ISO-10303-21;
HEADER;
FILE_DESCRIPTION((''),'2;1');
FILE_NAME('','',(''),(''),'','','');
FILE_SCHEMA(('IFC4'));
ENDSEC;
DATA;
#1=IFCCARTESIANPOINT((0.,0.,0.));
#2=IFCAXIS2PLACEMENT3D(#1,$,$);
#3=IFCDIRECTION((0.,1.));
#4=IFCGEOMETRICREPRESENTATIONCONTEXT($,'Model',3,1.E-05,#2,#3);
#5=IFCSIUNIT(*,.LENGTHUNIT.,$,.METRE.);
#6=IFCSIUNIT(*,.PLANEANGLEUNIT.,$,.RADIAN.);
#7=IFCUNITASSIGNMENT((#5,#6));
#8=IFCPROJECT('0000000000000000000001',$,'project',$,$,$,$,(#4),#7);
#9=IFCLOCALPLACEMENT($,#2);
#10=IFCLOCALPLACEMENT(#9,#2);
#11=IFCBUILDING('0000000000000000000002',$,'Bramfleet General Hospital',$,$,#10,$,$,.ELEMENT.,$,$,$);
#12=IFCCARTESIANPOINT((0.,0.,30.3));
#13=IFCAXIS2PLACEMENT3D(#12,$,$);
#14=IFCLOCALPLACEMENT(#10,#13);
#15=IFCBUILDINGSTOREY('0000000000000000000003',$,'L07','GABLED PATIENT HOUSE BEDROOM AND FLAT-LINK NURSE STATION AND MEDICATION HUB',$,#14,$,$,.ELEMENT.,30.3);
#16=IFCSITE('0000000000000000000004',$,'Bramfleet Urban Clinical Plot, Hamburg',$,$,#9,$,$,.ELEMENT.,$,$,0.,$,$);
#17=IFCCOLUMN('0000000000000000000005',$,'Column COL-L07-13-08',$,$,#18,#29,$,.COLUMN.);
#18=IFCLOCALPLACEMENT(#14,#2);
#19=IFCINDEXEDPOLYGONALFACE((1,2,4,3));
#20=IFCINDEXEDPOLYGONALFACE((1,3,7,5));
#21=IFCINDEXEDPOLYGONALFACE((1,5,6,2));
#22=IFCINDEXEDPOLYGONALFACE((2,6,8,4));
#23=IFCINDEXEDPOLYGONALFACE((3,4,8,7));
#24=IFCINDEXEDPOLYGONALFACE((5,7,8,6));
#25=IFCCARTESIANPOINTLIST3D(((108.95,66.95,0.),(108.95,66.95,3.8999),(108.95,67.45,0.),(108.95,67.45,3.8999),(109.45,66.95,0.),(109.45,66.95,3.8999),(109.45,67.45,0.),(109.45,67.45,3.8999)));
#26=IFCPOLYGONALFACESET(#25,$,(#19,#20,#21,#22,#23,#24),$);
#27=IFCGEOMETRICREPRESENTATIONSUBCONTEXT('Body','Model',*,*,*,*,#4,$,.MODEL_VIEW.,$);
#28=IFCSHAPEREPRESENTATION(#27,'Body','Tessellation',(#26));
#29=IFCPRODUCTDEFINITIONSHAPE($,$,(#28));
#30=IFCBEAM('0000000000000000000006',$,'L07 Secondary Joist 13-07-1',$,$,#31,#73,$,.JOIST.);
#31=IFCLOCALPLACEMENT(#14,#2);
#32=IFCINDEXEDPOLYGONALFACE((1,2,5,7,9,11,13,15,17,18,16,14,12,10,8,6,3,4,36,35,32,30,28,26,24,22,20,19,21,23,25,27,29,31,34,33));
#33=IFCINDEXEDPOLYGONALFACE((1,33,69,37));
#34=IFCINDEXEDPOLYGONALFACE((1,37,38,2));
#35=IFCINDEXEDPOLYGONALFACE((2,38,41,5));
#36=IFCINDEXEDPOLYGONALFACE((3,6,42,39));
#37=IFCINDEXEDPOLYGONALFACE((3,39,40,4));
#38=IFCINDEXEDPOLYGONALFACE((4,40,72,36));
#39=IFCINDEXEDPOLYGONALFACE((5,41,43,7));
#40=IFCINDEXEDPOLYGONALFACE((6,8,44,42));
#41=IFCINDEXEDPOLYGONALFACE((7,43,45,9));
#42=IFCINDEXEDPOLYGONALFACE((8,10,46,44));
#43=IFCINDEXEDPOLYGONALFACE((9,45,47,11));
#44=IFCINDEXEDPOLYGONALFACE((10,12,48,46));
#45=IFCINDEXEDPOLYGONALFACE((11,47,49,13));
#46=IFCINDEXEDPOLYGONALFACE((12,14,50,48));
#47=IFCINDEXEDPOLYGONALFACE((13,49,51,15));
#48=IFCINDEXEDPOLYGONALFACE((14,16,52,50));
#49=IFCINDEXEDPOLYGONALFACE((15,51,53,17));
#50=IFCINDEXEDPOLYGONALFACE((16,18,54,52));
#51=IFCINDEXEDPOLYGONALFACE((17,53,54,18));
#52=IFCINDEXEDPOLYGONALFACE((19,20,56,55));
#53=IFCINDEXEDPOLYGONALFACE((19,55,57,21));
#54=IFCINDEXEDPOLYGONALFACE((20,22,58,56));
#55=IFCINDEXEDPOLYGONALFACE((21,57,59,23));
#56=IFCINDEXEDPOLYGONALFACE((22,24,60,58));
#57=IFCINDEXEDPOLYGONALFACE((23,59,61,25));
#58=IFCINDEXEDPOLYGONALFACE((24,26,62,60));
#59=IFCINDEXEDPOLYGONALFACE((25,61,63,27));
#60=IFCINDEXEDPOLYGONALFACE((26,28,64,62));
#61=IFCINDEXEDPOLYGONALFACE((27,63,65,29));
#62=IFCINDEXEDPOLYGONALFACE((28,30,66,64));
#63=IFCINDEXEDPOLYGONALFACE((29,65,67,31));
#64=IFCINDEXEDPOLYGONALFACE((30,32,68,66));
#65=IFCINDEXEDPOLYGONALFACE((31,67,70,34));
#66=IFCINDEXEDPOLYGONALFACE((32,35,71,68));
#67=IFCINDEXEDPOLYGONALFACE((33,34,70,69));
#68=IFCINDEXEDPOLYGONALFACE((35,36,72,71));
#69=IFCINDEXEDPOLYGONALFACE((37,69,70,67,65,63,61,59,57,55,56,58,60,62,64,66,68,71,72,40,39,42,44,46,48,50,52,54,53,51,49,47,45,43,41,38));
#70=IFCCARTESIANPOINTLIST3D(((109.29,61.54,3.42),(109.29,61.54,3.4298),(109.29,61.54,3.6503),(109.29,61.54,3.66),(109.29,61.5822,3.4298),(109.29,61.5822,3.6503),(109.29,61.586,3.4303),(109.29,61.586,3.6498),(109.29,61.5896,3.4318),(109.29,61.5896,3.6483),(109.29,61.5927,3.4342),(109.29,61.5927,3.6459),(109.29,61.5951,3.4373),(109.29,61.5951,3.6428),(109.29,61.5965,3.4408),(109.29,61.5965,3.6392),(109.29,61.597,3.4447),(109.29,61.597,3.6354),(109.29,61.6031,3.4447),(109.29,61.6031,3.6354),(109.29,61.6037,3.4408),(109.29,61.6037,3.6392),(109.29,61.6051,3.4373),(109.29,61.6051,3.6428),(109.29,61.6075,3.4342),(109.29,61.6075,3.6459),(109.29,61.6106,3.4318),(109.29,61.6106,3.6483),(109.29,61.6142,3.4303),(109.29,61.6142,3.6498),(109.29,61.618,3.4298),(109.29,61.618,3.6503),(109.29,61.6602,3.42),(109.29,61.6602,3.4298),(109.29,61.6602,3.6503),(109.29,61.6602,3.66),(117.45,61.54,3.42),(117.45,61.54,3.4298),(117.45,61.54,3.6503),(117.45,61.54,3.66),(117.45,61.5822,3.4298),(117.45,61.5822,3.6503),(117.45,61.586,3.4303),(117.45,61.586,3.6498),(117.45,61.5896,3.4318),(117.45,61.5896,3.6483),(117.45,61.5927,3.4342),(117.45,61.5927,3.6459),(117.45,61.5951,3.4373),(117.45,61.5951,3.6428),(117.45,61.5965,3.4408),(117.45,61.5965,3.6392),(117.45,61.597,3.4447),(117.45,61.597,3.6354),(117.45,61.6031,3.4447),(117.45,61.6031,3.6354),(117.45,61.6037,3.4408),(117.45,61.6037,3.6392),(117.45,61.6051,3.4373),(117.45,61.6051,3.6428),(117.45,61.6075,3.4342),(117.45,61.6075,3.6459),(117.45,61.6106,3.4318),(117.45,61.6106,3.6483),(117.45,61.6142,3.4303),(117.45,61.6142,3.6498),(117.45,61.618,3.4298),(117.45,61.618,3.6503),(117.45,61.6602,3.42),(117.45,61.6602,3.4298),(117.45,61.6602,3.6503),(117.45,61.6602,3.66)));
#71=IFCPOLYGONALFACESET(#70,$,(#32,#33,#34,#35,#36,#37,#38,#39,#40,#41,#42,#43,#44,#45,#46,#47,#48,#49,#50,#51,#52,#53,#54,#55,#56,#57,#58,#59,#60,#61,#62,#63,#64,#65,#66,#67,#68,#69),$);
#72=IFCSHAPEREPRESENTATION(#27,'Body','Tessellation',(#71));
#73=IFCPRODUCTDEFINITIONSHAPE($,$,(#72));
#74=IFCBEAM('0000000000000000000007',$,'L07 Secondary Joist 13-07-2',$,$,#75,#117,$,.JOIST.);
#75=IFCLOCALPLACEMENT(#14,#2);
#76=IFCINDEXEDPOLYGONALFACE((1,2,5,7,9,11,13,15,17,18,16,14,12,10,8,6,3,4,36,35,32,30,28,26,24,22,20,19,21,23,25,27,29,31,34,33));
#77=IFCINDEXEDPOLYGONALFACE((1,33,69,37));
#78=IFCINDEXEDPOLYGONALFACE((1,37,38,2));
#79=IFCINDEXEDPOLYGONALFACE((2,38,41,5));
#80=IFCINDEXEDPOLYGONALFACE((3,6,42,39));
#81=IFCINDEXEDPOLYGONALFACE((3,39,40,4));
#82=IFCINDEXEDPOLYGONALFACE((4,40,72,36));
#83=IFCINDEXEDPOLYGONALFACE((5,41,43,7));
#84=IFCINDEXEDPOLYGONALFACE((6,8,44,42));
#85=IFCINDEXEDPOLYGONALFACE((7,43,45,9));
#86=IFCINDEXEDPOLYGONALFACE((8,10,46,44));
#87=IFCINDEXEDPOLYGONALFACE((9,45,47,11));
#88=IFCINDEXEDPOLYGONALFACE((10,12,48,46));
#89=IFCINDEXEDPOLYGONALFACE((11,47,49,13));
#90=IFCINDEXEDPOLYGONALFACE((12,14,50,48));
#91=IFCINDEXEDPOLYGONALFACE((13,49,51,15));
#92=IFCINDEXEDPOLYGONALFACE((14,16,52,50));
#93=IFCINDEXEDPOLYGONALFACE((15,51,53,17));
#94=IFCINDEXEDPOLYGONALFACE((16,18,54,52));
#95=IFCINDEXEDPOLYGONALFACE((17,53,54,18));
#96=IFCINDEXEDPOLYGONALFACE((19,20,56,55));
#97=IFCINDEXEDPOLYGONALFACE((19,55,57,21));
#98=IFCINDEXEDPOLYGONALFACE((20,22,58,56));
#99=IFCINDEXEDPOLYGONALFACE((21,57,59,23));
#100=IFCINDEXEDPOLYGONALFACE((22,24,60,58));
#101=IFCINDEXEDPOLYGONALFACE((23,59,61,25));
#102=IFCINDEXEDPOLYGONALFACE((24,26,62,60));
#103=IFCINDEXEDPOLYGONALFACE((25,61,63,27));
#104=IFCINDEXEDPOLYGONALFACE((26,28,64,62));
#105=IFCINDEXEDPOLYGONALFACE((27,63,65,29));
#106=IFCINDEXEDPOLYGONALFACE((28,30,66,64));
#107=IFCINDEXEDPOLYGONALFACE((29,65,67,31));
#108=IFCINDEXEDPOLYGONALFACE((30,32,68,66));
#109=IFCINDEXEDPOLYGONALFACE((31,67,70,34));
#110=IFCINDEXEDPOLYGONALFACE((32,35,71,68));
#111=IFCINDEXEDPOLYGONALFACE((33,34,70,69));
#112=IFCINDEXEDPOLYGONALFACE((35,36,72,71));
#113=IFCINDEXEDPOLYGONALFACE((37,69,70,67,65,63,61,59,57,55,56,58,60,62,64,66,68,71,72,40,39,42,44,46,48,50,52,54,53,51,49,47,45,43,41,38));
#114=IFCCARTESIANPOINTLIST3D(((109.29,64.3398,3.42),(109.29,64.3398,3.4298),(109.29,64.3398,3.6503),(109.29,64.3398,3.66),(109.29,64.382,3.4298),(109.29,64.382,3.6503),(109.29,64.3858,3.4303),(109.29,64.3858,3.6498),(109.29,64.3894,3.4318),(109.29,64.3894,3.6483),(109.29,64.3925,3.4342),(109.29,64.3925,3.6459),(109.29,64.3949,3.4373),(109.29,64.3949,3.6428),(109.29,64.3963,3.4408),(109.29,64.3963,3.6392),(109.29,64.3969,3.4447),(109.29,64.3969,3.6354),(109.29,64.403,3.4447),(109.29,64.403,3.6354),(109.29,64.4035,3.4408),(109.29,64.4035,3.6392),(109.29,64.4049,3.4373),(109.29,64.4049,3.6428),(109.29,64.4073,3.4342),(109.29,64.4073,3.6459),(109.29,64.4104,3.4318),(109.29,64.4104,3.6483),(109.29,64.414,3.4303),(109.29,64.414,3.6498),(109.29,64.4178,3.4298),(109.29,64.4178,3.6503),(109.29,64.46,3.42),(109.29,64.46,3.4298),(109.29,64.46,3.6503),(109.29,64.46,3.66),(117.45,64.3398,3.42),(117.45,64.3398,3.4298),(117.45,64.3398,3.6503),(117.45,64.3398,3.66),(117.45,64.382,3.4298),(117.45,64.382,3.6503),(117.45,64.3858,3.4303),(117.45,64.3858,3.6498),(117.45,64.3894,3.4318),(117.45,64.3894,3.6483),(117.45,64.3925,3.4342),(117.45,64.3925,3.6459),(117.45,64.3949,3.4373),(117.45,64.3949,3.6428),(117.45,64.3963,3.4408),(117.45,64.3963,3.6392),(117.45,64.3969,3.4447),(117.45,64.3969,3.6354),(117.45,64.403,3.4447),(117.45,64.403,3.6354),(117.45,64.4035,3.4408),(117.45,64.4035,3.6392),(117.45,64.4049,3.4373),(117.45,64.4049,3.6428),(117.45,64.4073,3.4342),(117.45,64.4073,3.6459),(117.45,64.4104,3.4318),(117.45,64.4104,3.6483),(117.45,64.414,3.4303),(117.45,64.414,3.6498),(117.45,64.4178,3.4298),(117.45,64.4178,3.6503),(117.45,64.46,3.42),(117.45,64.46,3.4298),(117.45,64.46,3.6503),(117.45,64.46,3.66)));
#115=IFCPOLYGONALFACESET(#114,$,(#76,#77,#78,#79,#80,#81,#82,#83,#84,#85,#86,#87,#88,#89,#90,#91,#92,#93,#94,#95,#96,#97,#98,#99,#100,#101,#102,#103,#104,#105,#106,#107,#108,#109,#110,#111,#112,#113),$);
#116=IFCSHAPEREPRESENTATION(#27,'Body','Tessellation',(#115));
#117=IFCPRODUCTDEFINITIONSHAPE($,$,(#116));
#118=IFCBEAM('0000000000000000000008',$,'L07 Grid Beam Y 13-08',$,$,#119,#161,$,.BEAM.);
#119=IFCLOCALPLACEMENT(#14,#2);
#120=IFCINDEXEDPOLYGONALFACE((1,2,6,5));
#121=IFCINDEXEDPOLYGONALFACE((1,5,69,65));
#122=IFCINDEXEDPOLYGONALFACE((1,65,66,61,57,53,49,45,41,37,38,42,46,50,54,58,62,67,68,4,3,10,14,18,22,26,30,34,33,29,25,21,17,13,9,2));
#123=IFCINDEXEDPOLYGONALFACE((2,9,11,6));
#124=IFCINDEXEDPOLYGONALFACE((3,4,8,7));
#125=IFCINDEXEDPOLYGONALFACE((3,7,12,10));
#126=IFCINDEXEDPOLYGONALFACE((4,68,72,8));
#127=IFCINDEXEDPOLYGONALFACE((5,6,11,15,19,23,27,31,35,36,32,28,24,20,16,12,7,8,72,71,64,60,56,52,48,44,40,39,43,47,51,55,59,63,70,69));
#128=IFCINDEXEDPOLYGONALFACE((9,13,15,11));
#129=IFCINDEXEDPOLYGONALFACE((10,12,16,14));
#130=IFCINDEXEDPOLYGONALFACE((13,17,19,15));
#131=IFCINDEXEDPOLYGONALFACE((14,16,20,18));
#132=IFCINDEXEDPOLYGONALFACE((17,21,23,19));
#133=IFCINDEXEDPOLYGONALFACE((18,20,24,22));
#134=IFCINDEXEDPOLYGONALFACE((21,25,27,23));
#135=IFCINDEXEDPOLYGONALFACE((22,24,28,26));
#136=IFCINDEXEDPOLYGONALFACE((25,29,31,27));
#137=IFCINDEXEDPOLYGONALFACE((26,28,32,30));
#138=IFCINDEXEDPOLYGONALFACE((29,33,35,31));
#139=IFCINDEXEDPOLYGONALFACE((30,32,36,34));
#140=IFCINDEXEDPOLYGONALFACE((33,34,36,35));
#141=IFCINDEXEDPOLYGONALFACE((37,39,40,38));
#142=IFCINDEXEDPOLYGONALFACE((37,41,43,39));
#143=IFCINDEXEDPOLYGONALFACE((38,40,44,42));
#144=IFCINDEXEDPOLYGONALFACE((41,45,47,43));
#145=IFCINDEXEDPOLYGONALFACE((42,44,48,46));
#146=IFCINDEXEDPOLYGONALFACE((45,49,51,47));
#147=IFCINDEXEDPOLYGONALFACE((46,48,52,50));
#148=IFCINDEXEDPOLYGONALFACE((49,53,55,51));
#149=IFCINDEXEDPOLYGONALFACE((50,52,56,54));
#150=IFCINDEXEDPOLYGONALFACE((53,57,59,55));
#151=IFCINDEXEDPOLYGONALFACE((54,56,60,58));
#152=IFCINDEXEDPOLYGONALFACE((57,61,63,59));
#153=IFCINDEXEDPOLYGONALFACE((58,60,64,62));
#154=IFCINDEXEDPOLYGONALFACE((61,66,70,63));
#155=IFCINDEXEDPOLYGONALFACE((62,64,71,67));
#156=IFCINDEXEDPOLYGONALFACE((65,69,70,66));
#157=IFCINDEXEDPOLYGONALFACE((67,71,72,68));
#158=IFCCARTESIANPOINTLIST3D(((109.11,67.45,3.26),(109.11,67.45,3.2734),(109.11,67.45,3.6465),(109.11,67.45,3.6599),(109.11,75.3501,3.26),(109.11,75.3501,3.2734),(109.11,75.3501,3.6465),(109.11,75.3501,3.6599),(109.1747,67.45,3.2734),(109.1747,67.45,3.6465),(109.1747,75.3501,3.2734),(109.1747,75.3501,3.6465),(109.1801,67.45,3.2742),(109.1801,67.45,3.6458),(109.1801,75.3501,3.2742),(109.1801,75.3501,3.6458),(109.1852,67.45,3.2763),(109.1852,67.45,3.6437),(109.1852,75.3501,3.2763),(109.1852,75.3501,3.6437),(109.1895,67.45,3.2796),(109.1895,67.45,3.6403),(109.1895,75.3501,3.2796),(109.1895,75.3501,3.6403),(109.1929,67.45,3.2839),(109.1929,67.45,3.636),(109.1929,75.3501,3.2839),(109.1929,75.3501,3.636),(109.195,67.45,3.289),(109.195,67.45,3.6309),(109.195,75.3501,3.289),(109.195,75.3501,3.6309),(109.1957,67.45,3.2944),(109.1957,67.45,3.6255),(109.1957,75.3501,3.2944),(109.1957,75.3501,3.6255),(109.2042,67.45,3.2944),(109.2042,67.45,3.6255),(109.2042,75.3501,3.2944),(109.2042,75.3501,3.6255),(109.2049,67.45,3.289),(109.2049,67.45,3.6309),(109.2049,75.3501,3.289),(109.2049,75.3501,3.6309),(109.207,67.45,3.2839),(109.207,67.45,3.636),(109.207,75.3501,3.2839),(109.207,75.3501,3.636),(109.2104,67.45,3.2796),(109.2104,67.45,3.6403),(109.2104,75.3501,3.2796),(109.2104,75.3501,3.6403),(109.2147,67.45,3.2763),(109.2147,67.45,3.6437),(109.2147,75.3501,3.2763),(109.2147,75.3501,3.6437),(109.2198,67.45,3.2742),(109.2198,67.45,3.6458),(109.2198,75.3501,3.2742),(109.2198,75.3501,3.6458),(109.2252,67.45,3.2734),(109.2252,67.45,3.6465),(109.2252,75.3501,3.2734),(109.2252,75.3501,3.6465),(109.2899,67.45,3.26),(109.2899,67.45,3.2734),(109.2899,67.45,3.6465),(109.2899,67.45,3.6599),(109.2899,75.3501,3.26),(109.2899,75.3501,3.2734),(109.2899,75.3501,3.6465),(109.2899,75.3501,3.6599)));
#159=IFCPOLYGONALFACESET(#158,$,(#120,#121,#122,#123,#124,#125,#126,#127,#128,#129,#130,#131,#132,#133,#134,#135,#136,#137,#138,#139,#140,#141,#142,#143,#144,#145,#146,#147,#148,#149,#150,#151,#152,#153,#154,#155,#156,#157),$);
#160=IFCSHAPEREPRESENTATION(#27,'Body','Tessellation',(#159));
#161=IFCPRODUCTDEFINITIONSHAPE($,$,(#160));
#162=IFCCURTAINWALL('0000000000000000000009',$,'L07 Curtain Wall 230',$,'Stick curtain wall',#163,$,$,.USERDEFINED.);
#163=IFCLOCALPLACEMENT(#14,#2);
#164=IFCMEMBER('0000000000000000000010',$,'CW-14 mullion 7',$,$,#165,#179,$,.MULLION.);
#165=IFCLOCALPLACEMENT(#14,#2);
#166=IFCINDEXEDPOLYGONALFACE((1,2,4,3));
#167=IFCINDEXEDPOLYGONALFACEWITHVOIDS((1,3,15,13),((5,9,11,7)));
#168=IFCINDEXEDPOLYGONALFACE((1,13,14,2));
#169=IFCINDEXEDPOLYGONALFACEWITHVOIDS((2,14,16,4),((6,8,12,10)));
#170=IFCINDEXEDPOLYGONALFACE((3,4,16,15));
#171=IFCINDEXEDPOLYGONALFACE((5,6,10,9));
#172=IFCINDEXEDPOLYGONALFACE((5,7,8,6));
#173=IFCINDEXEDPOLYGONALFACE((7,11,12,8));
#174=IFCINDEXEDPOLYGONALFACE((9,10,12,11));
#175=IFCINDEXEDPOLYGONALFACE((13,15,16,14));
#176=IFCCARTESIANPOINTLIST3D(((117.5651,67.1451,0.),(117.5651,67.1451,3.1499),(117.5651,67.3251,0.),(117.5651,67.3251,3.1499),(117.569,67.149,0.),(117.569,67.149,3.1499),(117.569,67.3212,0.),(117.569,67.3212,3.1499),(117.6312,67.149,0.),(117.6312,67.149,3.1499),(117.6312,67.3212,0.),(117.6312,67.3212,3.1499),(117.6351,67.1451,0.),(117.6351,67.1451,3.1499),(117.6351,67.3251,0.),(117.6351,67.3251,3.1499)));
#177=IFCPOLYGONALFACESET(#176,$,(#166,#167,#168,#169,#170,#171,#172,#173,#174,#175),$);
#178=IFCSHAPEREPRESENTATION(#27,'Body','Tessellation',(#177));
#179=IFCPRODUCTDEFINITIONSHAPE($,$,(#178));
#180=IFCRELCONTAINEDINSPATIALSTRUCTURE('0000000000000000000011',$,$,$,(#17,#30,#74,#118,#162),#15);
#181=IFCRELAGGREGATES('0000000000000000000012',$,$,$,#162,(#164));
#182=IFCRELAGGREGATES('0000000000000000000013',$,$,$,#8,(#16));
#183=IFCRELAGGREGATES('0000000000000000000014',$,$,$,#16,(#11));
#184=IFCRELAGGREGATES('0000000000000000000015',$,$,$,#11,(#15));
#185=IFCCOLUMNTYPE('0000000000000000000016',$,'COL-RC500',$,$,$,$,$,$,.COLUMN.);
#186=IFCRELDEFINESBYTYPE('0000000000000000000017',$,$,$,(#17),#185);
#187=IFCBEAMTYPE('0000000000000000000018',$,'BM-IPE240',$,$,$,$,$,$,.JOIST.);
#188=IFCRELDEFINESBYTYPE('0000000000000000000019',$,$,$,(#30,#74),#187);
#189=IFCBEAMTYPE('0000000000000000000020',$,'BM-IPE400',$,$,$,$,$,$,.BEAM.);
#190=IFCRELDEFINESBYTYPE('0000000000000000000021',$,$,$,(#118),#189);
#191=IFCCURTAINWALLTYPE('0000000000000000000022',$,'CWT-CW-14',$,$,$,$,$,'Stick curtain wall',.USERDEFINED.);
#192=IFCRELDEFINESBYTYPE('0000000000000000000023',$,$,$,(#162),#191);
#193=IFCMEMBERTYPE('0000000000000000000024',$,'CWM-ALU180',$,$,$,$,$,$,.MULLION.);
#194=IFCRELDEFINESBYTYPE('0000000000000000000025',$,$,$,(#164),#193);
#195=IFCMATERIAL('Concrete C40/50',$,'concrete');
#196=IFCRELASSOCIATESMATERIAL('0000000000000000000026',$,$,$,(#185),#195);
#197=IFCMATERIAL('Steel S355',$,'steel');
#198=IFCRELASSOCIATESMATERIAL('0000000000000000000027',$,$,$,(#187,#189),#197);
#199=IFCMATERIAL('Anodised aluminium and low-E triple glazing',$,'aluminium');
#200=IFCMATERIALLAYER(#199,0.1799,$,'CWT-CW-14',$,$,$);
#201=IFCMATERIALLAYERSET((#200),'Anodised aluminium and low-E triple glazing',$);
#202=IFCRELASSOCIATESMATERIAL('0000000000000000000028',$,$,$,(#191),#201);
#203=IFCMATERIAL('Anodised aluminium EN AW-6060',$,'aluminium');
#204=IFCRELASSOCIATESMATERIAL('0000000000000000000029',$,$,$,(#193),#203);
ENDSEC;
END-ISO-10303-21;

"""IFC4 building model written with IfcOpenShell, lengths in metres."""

from ifc_helpers import new_model, si_unit, direction, frame, origin, origin_2d, place, context, subcontext, project, spatial, rectangle, hollow_rectangle, i_section, extrude, material, layer, layer_set, material_profile, profile_set, type_object, element, aggregate, save


model = new_model("IFC4")

# Units and contexts
model_context = context("Model", 3, precision=1e-05, world=origin(), true_north=direction((0.0, 1.0)))
body_context = subcontext(model_context, "Body", "Model", "MODEL_VIEW")
ifc_project = project(units=[si_unit("LENGTHUNIT", "METRE"), si_unit("PLANEANGLEUNIT", "RADIAN")], contexts=[model_context])

# Site, building, storey
site_placement = place(None, origin())
site = spatial("IfcSite", under=ifc_project, at=site_placement, Name="Bramfleet Urban Clinical Plot, Hamburg", CompositionType="ELEMENT", RefElevation=0.0)
building_placement = place(site_placement, origin())
building = spatial("IfcBuilding", under=site, at=building_placement, Name="Bramfleet General Hospital", CompositionType="ELEMENT")
storey_placement = place(building_placement, frame((0.0, 0.0, 30.3)))
storey = spatial("IfcBuildingStorey", under=building, at=storey_placement, Name="L07", Description="GABLED PATIENT HOUSE BEDROOM AND FLAT-LINK NURSE STATION AND MEDICATION HUB", CompositionType="ELEMENT", Elevation=30.3)

# Column
ifc_material_1 = material(Name="Concrete C40/50", Category="concrete")
ifc_material_profile_1 = material_profile(ifc_material_1, rectangle(XDim=0.5, YDim=0.5, at=origin_2d()), Name="RC COL 500x500")
ifc_profile_set_1 = profile_set([ifc_material_profile_1], Name="Concrete C40/50")
column_type = type_object("IfcColumnType", Name="COL-RC500", PredefinedType="COLUMN", material=ifc_profile_set_1)
column_placement = place(storey_placement, frame((109.2, 67.2, 0.0), z_axis=(0.0, 0.0, 1.0), x_axis=(1.0, 0.0, 0.0)))
element("IfcColumn", 1, at=column_placement, inside=storey, type_object=column_type, Name="Column COL-L07-13-08", PredefinedType="COLUMN", context=body_context, shape_type="SweptSolid", body=[
    extrude(rectangle(XDim=0.5, YDim=0.5, at=origin_2d()), origin(), (0.0, 0.0, 1.0), 3.8999),
])

# Beams
ifc_material_2 = material(Name="Steel S355", Category="steel")
ifc_material_profile_2 = material_profile(ifc_material_2, i_section(OverallWidth=0.1201, OverallDepth=0.24, WebThickness=0.0061, FlangeThickness=0.0098, FilletRadius=0.0149, at=origin_2d()), Name="IPE 240")
ifc_profile_set_2 = profile_set([ifc_material_profile_2], Name="Steel S355")
beam_type_1 = type_object("IfcBeamType", Name="BM-IPE240", PredefinedType="JOIST", material=ifc_profile_set_2)
for number, where, z_axis, x_axis, name in (
    (2, (109.29, 61.6001, 3.54), (1.0, 0.0, 0.0), (0.0, 1.0, 0.0), "L07 Secondary Joist 13-07-1"),
    (3, (109.29, 64.3999, 3.54), (1.0, 0.0, 0.0), (0.0, 1.0, 0.0), "L07 Secondary Joist 13-07-2"),
):
    element("IfcBeam", number, at=place(storey_placement, frame(where, z_axis=z_axis, x_axis=x_axis)), inside=storey, type_object=beam_type_1, Name=name, PredefinedType="JOIST", context=body_context, shape_type="SweptSolid", body=[
        extrude(i_section(OverallWidth=0.1201, OverallDepth=0.24, WebThickness=0.0061, FlangeThickness=0.0098, FilletRadius=0.0149, at=origin_2d()), origin(), (0.0, 0.0, 1.0), 8.1599),
    ])
ifc_material_profile_3 = material_profile(ifc_material_2, i_section(OverallWidth=0.1799, OverallDepth=0.3999, WebThickness=0.0085, FlangeThickness=0.0134, FilletRadius=0.021, at=origin_2d()), Name="IPE 400")
ifc_profile_set_3 = profile_set([ifc_material_profile_3], Name="Steel S355")
beam_type_2 = type_object("IfcBeamType", Name="BM-IPE400", PredefinedType="BEAM", material=ifc_profile_set_3)
beam_placement = place(storey_placement, frame((109.2, 67.45, 3.46), z_axis=(0.0, 1.0, 0.0), x_axis=(-1.0, 0.0, 0.0)))
element("IfcBeam", 4, at=beam_placement, inside=storey, type_object=beam_type_2, Name="L07 Grid Beam Y 13-08", PredefinedType="BEAM", context=body_context, shape_type="SweptSolid", body=[
    extrude(i_section(OverallWidth=0.1799, OverallDepth=0.3999, WebThickness=0.0085, FlangeThickness=0.0134, FilletRadius=0.021, at=origin_2d()), origin(), (0.0, 0.0, 1.0), 7.9001),
])

# Curtain wall, member
ifc_material_3 = material(Name="Anodised aluminium and low-E triple glazing", Category="aluminium")
ifc_layer_1 = layer(ifc_material_3, 0.1799, Name="CWT-CW-14")
ifc_layer_set_1 = layer_set([ifc_layer_1], Name="Anodised aluminium and low-E triple glazing")
curtain_wall_type = type_object("IfcCurtainWallType", Name="CWT-CW-14", ElementType="Stick curtain wall", PredefinedType="USERDEFINED", material=ifc_layer_set_1)
curtain_wall_placement = place(storey_placement, origin())
curtain_wall = element("IfcCurtainWall", 5, at=curtain_wall_placement, inside=storey, type_object=curtain_wall_type, Name="L07 Curtain Wall 230", ObjectType="Stick curtain wall", PredefinedType="USERDEFINED")
ifc_material_4 = material(Name="Anodised aluminium EN AW-6060", Category="aluminium")
ifc_material_profile_4 = material_profile(ifc_material_4, hollow_rectangle(XDim=0.0701, YDim=0.1799, WallThickness=0.0039, at=origin_2d()), Name="ALU 180x70x4.0")
ifc_profile_set_4 = profile_set([ifc_material_profile_4], Name="Anodised aluminium EN AW-6060")
member_type_1 = type_object("IfcMemberType", Name="CWM-ALU180", PredefinedType="MULLION", material=ifc_profile_set_4)
member_1_placement = place(storey_placement, frame((117.6001, 67.2351, 0.0), z_axis=(0.0, 0.0, 1.0), x_axis=(1.0, 0.0, 0.0)))
member_1 = element("IfcMember", 6, at=member_1_placement, type_object=member_type_1, Name="CW-14 mullion 7", PredefinedType="MULLION", context=body_context, shape_type="SweptSolid", body=[
    extrude(hollow_rectangle(XDim=0.0701, YDim=0.1799, WallThickness=0.0039, at=origin_2d()), origin(), (0.0, 0.0, 1.0), 3.1499),
])
aggregate(curtain_wall, [member_1])

save(model, "model.ifc")
